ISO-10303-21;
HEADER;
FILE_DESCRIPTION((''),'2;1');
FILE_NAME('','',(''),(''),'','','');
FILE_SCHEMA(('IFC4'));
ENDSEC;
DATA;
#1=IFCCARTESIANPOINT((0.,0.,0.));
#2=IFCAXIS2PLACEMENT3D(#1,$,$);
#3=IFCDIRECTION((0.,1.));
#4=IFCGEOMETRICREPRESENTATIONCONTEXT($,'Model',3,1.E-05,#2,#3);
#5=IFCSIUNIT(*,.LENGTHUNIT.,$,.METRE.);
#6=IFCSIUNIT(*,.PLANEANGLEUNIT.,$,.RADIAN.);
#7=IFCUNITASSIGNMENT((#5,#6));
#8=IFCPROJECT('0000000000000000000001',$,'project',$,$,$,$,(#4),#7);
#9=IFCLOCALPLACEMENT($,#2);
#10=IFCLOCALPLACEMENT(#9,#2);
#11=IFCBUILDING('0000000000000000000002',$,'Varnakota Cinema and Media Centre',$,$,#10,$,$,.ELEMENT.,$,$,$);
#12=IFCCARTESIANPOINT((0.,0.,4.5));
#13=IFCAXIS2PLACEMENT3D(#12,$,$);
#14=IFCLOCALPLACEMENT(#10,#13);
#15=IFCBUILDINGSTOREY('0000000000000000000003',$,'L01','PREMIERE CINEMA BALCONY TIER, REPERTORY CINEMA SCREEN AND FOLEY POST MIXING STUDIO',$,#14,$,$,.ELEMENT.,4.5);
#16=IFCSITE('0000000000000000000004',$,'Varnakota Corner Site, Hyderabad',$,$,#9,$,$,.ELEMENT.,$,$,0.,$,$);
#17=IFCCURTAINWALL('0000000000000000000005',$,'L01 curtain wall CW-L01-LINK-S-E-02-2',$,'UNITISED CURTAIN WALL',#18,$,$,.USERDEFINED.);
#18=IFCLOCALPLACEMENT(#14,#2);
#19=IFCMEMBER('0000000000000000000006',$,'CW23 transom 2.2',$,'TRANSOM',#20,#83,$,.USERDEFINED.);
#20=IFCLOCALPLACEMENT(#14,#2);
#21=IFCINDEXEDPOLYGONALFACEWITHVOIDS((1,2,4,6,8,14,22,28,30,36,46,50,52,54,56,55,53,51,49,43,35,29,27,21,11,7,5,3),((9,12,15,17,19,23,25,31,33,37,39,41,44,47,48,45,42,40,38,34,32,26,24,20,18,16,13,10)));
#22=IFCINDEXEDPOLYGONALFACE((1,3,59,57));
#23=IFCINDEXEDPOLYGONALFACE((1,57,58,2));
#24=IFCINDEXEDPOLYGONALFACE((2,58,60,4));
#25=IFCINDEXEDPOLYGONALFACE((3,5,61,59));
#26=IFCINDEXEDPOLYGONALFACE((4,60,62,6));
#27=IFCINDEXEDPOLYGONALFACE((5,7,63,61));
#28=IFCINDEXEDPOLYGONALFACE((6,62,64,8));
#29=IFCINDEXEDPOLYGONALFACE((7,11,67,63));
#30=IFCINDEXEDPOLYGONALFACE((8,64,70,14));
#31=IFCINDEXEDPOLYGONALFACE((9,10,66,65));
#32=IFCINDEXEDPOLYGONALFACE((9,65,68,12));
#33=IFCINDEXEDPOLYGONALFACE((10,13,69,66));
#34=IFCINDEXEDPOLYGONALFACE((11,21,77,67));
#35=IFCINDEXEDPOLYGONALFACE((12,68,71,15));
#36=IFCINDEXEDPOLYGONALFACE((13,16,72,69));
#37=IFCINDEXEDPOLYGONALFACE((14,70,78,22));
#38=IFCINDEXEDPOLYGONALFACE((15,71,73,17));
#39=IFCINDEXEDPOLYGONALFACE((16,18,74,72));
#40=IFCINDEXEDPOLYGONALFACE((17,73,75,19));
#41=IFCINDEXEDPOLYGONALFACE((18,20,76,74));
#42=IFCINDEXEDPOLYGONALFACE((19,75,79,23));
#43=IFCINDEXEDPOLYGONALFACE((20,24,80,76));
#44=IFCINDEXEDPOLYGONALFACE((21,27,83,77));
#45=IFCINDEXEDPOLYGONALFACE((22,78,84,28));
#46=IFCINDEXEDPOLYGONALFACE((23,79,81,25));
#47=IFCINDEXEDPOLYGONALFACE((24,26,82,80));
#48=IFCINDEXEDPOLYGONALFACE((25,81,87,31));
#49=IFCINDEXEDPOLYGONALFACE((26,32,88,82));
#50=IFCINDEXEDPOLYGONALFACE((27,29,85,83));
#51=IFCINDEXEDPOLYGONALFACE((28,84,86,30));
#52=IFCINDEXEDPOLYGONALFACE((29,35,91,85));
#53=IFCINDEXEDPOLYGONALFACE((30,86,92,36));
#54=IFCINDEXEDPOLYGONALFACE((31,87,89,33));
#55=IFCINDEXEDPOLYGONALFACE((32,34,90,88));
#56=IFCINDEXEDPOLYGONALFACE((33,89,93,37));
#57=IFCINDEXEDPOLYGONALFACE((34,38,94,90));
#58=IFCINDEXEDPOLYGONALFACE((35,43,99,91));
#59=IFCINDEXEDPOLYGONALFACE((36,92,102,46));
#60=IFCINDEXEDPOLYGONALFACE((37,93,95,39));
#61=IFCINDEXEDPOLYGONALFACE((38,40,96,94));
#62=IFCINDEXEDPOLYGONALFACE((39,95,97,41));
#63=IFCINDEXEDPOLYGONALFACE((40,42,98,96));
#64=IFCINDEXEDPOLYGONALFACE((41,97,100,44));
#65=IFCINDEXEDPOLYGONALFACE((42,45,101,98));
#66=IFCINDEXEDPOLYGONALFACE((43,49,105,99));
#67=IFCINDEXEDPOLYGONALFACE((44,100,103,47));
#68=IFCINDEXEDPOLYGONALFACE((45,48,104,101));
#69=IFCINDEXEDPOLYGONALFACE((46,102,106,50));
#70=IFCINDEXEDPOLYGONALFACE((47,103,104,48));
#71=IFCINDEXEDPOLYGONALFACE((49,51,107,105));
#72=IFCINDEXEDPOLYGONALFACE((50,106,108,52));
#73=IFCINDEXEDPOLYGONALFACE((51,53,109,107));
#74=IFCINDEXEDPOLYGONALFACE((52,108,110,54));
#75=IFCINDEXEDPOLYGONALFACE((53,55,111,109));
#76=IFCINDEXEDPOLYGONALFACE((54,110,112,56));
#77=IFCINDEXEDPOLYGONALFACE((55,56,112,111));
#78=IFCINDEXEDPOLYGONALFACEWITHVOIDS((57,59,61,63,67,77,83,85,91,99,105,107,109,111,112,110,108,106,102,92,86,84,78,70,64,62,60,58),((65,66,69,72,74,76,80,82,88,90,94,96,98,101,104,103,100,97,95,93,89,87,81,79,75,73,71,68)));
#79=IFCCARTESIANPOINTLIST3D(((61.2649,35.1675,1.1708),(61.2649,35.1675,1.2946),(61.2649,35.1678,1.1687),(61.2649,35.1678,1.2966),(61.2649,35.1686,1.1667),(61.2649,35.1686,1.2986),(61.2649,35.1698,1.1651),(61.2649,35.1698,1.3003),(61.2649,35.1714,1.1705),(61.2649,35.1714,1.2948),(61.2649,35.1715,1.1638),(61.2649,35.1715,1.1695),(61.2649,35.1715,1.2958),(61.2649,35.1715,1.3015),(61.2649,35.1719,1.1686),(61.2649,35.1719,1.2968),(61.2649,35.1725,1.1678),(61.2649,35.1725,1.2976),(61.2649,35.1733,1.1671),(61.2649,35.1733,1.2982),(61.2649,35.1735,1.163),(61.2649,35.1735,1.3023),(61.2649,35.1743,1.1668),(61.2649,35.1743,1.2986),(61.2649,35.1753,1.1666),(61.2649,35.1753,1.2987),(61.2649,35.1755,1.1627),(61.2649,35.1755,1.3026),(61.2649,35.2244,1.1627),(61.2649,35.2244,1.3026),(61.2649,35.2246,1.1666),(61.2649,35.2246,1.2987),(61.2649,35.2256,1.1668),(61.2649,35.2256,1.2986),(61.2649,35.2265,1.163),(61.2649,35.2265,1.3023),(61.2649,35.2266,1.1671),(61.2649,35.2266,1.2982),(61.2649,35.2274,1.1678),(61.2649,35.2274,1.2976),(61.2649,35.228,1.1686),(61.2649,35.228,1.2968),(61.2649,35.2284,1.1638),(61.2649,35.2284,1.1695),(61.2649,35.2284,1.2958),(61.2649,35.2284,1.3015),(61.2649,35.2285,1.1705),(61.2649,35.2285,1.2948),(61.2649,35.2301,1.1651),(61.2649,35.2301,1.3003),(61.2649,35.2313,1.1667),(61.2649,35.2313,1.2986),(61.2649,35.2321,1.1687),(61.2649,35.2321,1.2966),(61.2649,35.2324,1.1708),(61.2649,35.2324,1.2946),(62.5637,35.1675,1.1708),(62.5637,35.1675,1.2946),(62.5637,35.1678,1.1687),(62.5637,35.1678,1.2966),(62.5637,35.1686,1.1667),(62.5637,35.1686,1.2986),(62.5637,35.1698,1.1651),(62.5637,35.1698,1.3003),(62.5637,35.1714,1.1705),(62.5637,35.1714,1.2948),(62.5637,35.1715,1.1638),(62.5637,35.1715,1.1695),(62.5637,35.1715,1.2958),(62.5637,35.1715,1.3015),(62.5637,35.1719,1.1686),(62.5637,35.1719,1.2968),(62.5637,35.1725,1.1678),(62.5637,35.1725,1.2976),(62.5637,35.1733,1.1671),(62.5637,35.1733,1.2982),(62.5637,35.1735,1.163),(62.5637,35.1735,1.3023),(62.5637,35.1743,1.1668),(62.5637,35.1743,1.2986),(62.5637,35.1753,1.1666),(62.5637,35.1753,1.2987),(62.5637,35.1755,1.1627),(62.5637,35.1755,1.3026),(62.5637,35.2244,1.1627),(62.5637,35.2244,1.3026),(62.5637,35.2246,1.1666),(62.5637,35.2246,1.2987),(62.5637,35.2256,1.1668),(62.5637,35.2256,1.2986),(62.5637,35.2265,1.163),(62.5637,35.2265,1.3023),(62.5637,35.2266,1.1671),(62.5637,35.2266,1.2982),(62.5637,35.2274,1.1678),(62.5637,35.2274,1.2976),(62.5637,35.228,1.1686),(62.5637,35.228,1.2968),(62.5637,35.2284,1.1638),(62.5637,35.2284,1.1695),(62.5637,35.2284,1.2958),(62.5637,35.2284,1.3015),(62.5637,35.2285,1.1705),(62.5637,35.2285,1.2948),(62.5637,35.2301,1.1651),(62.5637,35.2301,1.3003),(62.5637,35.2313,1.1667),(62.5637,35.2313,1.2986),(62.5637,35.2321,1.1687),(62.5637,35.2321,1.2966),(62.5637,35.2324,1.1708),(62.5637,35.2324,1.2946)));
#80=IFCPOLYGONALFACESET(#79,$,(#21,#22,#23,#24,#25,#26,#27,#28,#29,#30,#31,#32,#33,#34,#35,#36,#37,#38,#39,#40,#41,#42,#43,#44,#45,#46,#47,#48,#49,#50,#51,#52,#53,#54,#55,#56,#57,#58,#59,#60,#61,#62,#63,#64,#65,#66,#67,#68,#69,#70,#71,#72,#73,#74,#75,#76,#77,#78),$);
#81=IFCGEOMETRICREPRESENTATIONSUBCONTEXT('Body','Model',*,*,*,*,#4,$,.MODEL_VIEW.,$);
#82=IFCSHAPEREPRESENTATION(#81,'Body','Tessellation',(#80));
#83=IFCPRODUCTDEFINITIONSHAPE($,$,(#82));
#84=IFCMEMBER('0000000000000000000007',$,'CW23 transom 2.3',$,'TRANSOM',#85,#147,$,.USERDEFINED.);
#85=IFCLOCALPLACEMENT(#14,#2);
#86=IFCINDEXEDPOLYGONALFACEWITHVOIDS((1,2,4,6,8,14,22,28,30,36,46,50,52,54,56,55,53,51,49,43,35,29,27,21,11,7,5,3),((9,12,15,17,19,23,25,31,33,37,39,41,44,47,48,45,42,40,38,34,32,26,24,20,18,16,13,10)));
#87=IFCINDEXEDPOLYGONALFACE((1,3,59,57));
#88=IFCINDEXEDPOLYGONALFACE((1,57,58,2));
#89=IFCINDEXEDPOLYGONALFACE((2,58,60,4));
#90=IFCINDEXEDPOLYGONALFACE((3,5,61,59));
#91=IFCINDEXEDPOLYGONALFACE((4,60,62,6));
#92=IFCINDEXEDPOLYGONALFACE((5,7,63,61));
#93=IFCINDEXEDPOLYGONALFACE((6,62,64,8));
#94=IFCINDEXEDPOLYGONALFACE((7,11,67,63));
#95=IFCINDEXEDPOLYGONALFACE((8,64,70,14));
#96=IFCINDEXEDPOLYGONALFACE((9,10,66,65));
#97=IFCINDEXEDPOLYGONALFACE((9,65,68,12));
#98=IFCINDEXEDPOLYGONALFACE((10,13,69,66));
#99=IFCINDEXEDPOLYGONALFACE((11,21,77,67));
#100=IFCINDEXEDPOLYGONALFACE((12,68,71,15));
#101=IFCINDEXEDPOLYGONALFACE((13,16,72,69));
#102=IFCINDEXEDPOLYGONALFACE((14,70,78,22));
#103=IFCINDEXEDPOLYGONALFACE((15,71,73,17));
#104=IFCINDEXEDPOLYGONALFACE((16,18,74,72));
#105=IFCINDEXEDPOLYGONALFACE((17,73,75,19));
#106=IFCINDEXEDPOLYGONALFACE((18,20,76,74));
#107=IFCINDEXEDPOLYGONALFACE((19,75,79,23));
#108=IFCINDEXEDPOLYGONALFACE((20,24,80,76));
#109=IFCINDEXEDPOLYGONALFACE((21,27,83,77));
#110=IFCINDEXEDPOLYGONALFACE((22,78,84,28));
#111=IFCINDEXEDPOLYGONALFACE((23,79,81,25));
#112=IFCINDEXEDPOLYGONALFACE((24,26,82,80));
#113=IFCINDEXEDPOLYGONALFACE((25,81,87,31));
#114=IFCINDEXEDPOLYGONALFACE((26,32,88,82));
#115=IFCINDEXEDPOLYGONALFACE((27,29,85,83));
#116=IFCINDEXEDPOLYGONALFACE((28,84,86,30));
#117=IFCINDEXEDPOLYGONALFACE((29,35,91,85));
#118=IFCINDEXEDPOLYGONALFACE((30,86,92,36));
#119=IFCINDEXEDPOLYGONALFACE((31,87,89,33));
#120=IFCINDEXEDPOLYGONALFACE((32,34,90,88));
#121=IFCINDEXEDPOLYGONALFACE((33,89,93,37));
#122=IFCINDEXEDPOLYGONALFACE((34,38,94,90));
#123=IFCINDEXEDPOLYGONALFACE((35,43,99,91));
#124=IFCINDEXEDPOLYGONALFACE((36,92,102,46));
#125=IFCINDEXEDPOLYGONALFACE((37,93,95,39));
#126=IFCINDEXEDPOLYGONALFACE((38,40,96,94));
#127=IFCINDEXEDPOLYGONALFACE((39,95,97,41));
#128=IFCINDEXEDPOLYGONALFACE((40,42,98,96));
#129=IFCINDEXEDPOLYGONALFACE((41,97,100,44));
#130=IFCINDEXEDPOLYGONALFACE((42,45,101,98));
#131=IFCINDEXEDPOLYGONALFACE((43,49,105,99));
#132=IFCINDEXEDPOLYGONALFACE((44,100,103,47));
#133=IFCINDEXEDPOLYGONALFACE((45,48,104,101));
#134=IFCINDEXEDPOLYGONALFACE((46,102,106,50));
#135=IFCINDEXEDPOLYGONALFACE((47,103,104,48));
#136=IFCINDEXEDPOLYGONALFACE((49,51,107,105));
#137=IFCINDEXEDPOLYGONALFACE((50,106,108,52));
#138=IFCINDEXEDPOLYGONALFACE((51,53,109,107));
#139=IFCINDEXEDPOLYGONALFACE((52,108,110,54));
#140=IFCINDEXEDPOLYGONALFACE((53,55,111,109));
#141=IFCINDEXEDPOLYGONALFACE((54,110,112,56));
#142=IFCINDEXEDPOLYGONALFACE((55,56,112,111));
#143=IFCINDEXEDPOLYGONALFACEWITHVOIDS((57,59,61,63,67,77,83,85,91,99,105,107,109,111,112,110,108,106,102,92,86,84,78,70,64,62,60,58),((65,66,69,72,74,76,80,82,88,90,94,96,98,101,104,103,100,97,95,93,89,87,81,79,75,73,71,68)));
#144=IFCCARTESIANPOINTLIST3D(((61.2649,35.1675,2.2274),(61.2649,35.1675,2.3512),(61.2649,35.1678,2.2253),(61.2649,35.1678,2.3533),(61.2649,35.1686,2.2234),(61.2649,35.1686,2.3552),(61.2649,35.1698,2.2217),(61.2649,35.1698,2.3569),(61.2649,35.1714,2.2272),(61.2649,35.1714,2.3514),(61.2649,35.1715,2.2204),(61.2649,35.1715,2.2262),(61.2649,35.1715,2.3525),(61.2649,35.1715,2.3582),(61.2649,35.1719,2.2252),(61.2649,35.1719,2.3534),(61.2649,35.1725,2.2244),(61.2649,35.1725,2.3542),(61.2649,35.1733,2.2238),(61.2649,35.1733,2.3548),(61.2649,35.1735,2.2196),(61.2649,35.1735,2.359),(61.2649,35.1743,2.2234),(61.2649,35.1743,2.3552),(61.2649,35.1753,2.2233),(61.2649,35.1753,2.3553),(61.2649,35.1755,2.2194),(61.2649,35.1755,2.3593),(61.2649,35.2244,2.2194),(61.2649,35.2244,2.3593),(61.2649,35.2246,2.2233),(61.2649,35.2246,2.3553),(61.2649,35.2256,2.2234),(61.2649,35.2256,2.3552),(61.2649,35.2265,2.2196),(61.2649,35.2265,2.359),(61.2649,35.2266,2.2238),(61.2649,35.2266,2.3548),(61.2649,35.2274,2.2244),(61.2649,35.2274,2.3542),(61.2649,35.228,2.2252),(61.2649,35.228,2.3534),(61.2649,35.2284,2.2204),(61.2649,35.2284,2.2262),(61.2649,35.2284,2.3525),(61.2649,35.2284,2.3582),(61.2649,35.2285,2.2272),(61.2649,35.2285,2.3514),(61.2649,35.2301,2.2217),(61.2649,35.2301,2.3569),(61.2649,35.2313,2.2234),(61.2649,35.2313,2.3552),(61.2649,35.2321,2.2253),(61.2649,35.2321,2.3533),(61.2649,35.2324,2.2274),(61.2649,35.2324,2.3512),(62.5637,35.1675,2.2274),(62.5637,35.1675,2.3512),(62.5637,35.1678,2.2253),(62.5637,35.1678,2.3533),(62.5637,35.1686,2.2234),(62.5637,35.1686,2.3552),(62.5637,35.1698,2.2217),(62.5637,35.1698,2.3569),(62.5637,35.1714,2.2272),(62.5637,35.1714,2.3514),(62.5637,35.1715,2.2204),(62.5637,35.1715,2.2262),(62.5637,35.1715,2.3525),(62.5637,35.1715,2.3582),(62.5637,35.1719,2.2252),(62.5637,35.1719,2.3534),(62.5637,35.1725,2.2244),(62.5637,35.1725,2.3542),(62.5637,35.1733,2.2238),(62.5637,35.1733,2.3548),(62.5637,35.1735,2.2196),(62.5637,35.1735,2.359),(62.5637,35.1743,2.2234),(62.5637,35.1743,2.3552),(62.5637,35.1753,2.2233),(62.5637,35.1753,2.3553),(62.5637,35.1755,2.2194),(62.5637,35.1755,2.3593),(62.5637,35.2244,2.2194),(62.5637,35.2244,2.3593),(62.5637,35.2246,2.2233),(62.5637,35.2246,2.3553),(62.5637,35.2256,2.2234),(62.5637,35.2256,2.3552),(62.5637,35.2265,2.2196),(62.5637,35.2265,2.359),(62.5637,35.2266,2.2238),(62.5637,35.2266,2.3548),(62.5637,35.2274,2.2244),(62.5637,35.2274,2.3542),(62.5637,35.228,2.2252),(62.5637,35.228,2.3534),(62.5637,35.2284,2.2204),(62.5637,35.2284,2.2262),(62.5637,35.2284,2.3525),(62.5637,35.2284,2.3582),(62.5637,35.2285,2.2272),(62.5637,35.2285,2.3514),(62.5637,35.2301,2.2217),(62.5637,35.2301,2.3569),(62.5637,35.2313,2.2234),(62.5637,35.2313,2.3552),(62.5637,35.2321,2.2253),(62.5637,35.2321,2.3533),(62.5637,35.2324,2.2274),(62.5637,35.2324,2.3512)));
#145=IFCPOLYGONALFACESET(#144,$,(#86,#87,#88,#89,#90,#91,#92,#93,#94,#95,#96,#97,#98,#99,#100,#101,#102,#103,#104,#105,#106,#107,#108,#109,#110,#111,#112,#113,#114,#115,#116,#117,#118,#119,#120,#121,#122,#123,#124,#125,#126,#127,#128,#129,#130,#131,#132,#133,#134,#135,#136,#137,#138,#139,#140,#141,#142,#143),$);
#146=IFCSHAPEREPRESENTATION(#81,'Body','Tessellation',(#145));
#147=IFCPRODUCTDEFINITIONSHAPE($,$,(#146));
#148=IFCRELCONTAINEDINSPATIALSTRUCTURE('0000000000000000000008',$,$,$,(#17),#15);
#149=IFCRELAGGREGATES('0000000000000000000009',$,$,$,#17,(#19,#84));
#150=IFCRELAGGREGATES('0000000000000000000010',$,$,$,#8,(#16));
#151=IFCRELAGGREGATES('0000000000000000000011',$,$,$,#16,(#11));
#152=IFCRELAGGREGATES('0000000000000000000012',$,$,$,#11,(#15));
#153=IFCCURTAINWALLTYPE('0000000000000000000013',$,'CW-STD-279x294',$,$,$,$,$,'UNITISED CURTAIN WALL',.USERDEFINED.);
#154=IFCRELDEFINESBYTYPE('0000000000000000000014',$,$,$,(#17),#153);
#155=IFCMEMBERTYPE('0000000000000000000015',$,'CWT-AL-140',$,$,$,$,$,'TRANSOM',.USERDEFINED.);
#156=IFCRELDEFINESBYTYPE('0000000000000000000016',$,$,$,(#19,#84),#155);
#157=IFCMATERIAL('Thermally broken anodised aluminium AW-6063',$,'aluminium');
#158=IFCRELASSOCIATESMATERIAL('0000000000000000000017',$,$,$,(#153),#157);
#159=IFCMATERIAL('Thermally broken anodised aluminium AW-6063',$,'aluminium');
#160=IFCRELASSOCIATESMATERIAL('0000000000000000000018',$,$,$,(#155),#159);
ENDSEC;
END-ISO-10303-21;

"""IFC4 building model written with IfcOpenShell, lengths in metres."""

from ifc_helpers import new_model, si_unit, direction, frame, origin, origin_2d, place, context, subcontext, project, spatial, hollow_rectangle, extrude, material, material_profile, profile_set, type_object, element, aggregate, save


model = new_model("IFC4")

# Units and contexts
model_context = context("Model", 3, precision=1e-05, world=origin(), true_north=direction((0.0, 1.0)))
body_context = subcontext(model_context, "Body", "Model", "MODEL_VIEW")
ifc_project = project(units=[si_unit("LENGTHUNIT", "METRE"), si_unit("PLANEANGLEUNIT", "RADIAN")], contexts=[model_context])

# Site, building, storey
site_placement = place(None, origin())
site = spatial("IfcSite", under=ifc_project, at=site_placement, Name="Varnakota Corner Site, Hyderabad", CompositionType="ELEMENT", RefElevation=0.0)
building_placement = place(site_placement, origin())
building = spatial("IfcBuilding", under=site, at=building_placement, Name="Varnakota Cinema and Media Centre", CompositionType="ELEMENT")
storey_placement = place(building_placement, frame((0.0, 0.0, 4.5)))
storey = spatial("IfcBuildingStorey", under=building, at=storey_placement, Name="L01", Description="PREMIERE CINEMA BALCONY TIER, REPERTORY CINEMA SCREEN AND FOLEY POST MIXING STUDIO", CompositionType="ELEMENT", Elevation=4.5)

# Curtain wall
ifc_material_1 = material(Name="Thermally broken anodised aluminium AW-6063", Category="aluminium")
curtain_wall_type_1 = type_object("IfcCurtainWallType", Name="CW-STD-279x294", ElementType="UNITISED CURTAIN WALL", PredefinedType="USERDEFINED", material=ifc_material_1)
curtain_wall_1_placement = place(storey_placement, origin())
curtain_wall_1 = element("IfcCurtainWall", 1, at=curtain_wall_1_placement, inside=storey, type_object=curtain_wall_type_1, Name="L01 curtain wall CW-L01-LINK-S-E-02-2", ObjectType="UNITISED CURTAIN WALL", PredefinedType="USERDEFINED")

# Shared definitions
ifc_material_2 = material(Name="Thermally broken anodised aluminium AW-6063", Category="aluminium")
ifc_material_profile_1 = material_profile(ifc_material_2, hollow_rectangle(XDim=0.0649, YDim=0.1399, WallThickness=0.0039, InnerFilletRadius=0.0039, OuterFilletRadius=0.0081, at=origin_2d()), Name="AL-TRANSOM 140x65x4")
ifc_profile_set_1 = profile_set([ifc_material_profile_1], Name="Thermally broken anodised aluminium AW-6063")
member_type_1 = type_object("IfcMemberType", Name="CWT-AL-140", ElementType="TRANSOM", PredefinedType="USERDEFINED", material=ifc_profile_set_1)

# Members
member_1_placement = place(storey_placement, frame((62.5637, 35.2, 1.2327), z_axis=(-1.0, 0.0, 0.0), x_axis=(0.0, -1.0, 0.0)))
member_1 = element("IfcMember", 2, at=member_1_placement, type_object=member_type_1, Name="CW23 transom 2.2", ObjectType="TRANSOM", PredefinedType="USERDEFINED", context=body_context, shape_type="SweptSolid", body=[
    extrude(hollow_rectangle(XDim=0.0649, YDim=0.1399, WallThickness=0.0039, InnerFilletRadius=0.0039, OuterFilletRadius=0.0081, at=origin_2d()), origin(), (0.0, 0.0, 1.0), 1.2988),
])
member_2_placement = place(storey_placement, frame((62.5637, 35.2, 2.2893), z_axis=(-1.0, 0.0, 0.0), x_axis=(0.0, -1.0, 0.0)))
member_2 = element("IfcMember", 3, at=member_2_placement, type_object=member_type_1, Name="CW23 transom 2.3", ObjectType="TRANSOM", PredefinedType="USERDEFINED", context=body_context, shape_type="SweptSolid", body=[
    extrude(hollow_rectangle(XDim=0.0649, YDim=0.1399, WallThickness=0.0039, InnerFilletRadius=0.0039, OuterFilletRadius=0.0081, at=origin_2d()), origin(), (0.0, 0.0, 1.0), 1.2988),
])

aggregate(curtain_wall_1, [member_1, member_2])

save(model, "model.ifc")
